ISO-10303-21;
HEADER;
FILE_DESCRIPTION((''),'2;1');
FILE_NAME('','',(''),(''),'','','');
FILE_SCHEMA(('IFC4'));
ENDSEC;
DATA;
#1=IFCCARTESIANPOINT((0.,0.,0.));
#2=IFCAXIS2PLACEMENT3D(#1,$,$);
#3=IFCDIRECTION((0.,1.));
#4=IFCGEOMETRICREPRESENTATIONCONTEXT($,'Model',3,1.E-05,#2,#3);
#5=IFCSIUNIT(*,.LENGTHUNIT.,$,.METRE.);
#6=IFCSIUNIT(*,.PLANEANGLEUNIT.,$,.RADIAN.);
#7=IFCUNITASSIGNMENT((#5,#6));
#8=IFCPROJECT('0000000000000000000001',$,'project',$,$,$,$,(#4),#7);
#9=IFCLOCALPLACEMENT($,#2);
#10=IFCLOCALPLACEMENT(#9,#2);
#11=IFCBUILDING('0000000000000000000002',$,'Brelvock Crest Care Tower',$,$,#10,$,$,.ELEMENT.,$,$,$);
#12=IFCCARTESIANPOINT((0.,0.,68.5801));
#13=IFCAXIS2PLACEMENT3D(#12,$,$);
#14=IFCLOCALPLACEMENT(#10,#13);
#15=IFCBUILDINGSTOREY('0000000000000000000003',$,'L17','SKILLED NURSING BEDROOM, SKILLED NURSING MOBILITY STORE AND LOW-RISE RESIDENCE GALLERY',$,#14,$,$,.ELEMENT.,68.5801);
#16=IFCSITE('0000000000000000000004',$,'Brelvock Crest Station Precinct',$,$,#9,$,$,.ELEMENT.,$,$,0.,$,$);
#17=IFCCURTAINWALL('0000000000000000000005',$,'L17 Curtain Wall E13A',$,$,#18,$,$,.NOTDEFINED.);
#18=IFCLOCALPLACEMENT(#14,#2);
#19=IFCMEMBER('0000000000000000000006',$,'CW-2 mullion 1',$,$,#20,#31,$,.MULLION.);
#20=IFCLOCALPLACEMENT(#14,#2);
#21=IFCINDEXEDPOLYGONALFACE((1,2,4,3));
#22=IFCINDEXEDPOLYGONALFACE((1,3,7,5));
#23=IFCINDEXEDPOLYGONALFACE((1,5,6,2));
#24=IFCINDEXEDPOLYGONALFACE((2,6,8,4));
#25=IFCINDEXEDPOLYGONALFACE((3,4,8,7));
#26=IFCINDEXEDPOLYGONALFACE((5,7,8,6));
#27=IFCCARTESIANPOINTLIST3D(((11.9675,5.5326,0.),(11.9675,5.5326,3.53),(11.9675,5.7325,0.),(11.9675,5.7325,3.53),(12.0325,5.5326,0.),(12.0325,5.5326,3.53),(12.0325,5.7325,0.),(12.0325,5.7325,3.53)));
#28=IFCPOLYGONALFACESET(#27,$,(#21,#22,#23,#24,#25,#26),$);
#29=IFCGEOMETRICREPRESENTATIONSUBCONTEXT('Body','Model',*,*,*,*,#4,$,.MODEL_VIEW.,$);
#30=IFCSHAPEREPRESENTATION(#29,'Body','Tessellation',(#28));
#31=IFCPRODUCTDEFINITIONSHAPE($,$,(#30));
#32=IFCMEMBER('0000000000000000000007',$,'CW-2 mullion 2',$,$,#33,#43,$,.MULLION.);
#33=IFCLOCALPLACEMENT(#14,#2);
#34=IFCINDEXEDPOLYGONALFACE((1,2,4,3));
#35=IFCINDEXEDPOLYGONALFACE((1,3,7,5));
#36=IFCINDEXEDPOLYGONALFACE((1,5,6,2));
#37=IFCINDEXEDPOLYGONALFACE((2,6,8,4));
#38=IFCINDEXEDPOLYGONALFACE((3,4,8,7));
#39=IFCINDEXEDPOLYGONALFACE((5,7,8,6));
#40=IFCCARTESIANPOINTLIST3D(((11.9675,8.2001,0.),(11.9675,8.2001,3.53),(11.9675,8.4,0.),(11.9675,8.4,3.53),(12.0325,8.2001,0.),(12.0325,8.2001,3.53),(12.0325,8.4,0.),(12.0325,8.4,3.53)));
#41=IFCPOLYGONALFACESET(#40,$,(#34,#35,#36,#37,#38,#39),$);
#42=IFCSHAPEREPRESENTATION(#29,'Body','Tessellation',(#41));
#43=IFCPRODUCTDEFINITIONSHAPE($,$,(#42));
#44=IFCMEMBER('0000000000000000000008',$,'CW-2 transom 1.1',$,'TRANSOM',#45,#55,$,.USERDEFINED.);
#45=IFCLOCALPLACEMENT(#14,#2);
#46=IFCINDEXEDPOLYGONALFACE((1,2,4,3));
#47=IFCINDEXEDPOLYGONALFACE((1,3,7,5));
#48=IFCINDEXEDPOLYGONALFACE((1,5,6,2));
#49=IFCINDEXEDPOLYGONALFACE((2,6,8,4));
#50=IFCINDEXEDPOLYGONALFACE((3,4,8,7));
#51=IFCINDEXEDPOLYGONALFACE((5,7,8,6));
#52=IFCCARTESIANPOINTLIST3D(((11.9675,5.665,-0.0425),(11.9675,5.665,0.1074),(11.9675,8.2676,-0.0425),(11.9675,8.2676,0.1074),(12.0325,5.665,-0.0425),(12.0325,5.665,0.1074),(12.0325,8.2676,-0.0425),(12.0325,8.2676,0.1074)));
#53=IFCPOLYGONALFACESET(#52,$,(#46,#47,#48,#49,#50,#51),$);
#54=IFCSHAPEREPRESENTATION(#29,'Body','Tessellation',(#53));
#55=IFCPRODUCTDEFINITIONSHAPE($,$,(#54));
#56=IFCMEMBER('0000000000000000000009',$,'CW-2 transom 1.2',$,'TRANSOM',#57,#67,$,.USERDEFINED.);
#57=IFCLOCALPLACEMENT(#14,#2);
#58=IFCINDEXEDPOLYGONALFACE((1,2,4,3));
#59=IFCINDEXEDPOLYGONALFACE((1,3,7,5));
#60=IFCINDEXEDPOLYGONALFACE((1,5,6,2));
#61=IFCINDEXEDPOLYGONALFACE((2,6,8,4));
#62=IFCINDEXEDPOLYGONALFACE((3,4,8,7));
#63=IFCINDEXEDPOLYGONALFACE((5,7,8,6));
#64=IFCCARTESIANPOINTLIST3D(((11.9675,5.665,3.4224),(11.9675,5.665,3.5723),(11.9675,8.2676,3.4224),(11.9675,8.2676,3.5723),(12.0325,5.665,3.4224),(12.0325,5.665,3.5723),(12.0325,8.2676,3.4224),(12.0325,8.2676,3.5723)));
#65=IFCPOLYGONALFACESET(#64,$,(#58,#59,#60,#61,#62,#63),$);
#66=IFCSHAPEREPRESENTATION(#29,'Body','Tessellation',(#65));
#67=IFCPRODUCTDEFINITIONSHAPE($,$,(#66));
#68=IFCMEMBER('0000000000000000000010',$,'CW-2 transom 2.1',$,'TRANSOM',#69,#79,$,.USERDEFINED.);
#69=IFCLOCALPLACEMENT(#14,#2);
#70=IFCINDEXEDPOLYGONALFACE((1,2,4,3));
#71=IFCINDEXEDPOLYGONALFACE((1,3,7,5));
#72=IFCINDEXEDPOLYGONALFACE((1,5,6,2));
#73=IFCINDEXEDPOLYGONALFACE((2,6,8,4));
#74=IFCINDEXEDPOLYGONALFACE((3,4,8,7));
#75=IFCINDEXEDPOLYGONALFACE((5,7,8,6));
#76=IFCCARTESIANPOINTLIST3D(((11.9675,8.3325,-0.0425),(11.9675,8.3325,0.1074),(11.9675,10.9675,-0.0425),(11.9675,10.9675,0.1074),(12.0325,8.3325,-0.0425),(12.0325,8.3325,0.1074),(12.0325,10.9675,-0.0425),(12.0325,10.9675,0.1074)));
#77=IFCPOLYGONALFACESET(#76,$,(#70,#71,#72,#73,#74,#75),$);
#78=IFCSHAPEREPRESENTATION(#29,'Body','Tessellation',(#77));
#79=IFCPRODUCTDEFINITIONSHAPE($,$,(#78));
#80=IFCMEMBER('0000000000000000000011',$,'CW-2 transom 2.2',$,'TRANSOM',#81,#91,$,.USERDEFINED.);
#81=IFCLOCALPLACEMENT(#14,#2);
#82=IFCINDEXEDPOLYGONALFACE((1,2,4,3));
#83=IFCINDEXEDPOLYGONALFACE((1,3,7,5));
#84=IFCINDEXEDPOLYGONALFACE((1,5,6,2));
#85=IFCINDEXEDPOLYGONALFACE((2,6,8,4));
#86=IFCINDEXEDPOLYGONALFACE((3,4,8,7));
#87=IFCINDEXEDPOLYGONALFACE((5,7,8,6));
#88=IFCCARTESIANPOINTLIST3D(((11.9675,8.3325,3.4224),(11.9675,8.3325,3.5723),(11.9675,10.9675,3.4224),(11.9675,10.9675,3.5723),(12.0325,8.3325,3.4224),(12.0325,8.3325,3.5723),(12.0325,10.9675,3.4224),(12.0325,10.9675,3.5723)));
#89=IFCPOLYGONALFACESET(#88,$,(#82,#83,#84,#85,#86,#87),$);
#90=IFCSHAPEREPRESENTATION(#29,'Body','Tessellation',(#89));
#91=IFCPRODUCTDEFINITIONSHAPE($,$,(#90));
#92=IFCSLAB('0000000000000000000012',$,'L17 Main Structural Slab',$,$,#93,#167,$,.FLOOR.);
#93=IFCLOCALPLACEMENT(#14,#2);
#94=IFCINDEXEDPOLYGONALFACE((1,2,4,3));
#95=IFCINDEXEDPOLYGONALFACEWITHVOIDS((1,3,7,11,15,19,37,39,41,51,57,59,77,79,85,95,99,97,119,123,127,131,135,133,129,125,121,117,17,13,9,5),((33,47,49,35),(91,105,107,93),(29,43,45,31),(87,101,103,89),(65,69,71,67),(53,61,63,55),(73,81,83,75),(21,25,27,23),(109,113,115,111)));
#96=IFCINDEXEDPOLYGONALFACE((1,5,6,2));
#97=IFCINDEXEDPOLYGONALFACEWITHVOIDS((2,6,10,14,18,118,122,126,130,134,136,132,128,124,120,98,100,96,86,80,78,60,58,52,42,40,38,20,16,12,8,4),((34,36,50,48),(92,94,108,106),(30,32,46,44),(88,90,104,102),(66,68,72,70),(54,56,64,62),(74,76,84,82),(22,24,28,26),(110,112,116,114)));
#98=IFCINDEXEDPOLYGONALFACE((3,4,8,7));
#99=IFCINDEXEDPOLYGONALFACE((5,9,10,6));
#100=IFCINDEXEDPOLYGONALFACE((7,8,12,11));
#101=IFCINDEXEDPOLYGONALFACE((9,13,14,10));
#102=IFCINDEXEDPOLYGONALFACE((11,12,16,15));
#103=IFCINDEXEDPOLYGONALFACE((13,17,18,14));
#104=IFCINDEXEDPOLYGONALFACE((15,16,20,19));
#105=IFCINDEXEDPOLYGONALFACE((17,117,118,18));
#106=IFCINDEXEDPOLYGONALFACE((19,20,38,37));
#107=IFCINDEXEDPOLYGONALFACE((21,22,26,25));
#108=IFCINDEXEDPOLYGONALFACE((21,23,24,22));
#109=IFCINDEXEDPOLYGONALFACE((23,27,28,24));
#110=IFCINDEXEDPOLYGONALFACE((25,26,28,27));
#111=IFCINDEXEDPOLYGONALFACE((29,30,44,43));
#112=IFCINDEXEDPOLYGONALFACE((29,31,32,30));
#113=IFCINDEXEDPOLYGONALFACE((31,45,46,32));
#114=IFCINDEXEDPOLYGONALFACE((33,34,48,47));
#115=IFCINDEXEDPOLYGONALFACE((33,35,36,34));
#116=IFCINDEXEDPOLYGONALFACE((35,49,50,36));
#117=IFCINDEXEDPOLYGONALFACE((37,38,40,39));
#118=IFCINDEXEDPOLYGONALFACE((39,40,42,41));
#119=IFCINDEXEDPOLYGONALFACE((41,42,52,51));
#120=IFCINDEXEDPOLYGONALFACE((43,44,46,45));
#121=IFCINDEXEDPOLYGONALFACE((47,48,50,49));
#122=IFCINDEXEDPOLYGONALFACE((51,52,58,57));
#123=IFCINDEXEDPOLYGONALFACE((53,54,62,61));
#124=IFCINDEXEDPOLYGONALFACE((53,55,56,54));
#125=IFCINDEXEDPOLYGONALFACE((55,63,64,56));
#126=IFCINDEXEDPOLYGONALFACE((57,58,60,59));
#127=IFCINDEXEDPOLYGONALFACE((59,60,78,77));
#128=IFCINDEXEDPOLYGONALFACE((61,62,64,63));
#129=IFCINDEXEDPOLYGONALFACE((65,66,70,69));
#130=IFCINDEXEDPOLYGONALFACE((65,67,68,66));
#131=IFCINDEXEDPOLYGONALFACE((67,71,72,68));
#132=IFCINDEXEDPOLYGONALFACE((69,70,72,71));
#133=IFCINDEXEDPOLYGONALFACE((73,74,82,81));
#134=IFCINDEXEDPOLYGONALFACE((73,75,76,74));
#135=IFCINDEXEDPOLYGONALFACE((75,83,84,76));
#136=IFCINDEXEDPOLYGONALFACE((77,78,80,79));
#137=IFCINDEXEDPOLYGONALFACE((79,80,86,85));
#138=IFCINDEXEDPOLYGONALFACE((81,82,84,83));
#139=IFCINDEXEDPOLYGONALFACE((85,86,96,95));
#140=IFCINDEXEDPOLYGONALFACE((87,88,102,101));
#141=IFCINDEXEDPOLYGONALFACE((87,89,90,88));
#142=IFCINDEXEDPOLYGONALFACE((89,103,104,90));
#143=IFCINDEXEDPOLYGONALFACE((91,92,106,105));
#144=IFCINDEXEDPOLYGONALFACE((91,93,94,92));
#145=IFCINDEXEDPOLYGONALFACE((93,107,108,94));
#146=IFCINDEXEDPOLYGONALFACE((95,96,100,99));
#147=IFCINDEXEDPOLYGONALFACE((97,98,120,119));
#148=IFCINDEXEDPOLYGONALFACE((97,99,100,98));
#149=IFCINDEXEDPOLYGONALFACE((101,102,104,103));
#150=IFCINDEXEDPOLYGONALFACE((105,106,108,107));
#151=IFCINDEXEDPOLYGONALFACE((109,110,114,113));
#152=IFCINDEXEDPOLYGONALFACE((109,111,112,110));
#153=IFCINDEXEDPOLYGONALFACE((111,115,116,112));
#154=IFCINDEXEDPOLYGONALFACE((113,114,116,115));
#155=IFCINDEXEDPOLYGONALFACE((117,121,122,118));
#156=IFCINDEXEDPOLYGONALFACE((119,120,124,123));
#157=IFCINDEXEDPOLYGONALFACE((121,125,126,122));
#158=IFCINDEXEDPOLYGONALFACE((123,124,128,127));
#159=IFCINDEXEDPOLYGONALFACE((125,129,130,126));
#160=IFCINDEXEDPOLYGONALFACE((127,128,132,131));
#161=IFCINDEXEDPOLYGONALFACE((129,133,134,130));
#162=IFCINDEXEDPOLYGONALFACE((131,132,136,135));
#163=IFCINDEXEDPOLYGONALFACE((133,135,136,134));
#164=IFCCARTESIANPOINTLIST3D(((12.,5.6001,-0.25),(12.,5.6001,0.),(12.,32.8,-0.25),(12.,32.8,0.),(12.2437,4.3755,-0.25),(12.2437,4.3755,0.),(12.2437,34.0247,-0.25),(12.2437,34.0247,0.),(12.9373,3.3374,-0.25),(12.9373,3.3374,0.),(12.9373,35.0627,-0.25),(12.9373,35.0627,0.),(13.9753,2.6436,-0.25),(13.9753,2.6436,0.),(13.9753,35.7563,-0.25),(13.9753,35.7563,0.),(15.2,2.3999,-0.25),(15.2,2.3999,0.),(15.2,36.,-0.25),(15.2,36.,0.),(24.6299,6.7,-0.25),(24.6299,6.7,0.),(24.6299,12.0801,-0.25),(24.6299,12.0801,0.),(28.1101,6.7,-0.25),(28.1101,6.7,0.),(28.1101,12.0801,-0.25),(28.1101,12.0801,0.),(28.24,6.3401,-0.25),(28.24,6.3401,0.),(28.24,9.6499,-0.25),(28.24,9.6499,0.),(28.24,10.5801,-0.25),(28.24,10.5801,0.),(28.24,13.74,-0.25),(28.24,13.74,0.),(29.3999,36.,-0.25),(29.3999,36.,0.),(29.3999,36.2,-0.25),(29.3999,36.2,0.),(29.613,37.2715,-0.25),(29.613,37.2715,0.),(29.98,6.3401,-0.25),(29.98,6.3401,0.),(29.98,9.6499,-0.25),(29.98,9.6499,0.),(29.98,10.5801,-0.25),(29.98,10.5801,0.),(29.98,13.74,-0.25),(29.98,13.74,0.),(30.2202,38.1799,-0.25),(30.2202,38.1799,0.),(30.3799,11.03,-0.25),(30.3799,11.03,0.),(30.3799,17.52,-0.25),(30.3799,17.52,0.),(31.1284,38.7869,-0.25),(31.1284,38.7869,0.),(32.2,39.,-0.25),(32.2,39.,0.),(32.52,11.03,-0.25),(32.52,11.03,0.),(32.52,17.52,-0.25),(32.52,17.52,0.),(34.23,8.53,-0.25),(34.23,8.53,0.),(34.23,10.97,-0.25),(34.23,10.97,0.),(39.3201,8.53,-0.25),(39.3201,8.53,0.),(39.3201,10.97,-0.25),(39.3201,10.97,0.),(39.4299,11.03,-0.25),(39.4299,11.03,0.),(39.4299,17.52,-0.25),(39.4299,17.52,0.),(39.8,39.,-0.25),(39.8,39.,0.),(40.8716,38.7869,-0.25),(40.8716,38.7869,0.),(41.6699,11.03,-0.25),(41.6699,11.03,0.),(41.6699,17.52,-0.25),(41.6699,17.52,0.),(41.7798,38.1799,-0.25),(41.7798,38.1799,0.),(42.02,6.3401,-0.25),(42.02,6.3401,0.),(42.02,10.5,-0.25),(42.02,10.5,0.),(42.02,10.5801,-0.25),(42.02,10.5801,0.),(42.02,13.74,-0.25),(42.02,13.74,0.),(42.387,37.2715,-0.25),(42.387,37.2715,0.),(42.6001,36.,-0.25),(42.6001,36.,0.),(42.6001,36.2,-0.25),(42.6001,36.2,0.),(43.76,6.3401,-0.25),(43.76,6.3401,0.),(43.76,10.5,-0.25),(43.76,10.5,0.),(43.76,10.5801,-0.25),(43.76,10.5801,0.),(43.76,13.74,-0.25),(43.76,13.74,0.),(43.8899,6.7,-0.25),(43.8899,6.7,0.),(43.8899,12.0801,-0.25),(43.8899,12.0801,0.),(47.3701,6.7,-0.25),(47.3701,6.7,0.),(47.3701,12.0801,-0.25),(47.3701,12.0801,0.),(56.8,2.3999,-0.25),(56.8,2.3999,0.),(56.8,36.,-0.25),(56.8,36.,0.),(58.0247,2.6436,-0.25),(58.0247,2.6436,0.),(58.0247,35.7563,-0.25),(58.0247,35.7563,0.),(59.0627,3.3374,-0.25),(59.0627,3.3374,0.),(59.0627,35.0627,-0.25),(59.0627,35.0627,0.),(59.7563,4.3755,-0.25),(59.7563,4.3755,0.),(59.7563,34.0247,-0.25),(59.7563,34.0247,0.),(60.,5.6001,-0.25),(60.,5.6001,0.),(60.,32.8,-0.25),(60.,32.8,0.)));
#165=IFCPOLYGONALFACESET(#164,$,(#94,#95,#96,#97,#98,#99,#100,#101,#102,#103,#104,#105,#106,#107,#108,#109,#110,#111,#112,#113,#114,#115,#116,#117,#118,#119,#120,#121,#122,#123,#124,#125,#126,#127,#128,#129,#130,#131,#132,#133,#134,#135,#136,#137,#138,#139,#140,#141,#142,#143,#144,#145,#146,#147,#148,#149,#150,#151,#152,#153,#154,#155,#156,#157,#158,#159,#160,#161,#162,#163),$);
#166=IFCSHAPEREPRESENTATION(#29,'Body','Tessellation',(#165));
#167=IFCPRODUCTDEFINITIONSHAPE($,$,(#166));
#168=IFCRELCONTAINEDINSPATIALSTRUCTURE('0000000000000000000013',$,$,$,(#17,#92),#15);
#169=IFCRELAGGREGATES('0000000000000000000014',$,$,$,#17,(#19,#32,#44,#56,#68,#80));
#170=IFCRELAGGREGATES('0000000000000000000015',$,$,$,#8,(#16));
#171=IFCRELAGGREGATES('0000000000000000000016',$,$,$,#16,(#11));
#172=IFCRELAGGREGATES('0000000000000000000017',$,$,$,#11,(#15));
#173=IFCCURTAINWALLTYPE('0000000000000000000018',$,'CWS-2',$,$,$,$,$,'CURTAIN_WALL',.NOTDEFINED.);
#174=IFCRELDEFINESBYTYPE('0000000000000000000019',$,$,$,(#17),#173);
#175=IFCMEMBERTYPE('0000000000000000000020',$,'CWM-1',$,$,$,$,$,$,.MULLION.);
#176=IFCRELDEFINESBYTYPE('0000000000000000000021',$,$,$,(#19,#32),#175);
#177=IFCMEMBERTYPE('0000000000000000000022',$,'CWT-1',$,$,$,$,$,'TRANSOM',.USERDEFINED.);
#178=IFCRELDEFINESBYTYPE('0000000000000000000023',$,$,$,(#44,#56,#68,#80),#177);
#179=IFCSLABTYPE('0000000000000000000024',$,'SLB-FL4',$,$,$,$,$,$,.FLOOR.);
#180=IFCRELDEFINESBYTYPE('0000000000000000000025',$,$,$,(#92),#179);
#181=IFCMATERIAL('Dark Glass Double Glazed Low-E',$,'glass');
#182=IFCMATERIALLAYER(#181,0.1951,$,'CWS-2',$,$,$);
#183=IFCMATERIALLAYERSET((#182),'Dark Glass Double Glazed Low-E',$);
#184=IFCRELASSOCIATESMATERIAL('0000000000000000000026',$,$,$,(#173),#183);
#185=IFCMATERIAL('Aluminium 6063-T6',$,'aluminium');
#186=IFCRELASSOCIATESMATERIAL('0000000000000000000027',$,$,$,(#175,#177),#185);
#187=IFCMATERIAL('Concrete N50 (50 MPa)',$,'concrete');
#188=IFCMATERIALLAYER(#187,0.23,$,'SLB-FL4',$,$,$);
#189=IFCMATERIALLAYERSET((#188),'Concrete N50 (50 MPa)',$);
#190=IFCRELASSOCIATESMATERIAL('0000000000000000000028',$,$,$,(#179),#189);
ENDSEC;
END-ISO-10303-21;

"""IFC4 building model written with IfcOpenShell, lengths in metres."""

from ifc_helpers import new_model, si_unit, direction, frame, origin, origin_2d, place, context, subcontext, project, spatial, polyline, rectangle, outline, extrude, source, transform, mapped, material, layer, layer_set, material_profile, profile_set, type_object, element, aggregate, save


model = new_model("IFC4")

# Units and contexts
model_context = context("Model", 3, precision=1e-05, world=origin(), true_north=direction((0.0, 1.0)))
body_context = subcontext(model_context, "Body", "Model", "MODEL_VIEW")
ifc_project = project(units=[si_unit("LENGTHUNIT", "METRE"), si_unit("PLANEANGLEUNIT", "RADIAN")], contexts=[model_context])

# Site, building, storey
site_placement = place(None, origin())
site = spatial("IfcSite", under=ifc_project, at=site_placement, Name="Brelvock Crest Station Precinct", CompositionType="ELEMENT", RefElevation=0.0)
building_placement = place(site_placement, origin())
building = spatial("IfcBuilding", under=site, at=building_placement, Name="Brelvock Crest Care Tower", CompositionType="ELEMENT")
storey_placement = place(building_placement, frame((0.0, 0.0, 68.5801)))
storey = spatial("IfcBuildingStorey", under=building, at=storey_placement, Name="L17", Description="SKILLED NURSING BEDROOM, SKILLED NURSING MOBILITY STORE AND LOW-RISE RESIDENCE GALLERY", CompositionType="ELEMENT", Elevation=68.5801)

# Curtain wall, members
ifc_material_1 = material(Name="Dark Glass Double Glazed Low-E", Category="glass")
ifc_layer_1 = layer(ifc_material_1, 0.1951, Name="CWS-2")
ifc_layer_set_1 = layer_set([ifc_layer_1], Name="Dark Glass Double Glazed Low-E")
curtain_wall_type = type_object("IfcCurtainWallType", Name="CWS-2", ElementType="CURTAIN_WALL", PredefinedType="NOTDEFINED", material=ifc_layer_set_1)
curtain_wall_placement = place(storey_placement, origin())
curtain_wall = element("IfcCurtainWall", 1, at=curtain_wall_placement, inside=storey, type_object=curtain_wall_type, Name="L17 Curtain Wall E13A", PredefinedType="NOTDEFINED")
ifc_material_2 = material(Name="Aluminium 6063-T6", Category="aluminium")
ifc_material_profile_1 = material_profile(ifc_material_2, rectangle(XDim=0.0649, YDim=0.2, at=origin_2d()), Name="ALU65x200")
ifc_profile_set_1 = profile_set([ifc_material_profile_1], Name="Aluminium 6063-T6")
member_type_1 = type_object("IfcMemberType", Name="CWM-1", PredefinedType="MULLION", material=ifc_profile_set_1)
shared_shape_1 = source(origin(), body_context, "Body", "SweptSolid", [
    extrude(rectangle(XDim=0.0649, YDim=0.2, at=origin_2d()), origin(), (0.0, 0.0, 1.0), 3.53),
])
member_1_placement = place(storey_placement, frame((12.0, 5.6326, 0.0), z_axis=(0.0, 0.0, 1.0), x_axis=(-1.0, 0.0, 0.0)))
member_1 = element("IfcMember", 2, at=member_1_placement, type_object=member_type_1, Name="CW-2 mullion 1", PredefinedType="MULLION", context=body_context, shape_type="MappedRepresentation", body=[
    mapped(shared_shape_1, transform((0.0, 0.0, 0.0), x_axis=(1.0, 0.0, 0.0), y_axis=(0.0, 1.0, 0.0), z_axis=(0.0, 0.0, 1.0), scale=1.0)),
])
member_2_placement = place(storey_placement, frame((12.0, 8.3, 0.0), z_axis=(0.0, 0.0, 1.0), x_axis=(-1.0, 0.0, 0.0)))
member_2 = element("IfcMember", 3, at=member_2_placement, type_object=member_type_1, Name="CW-2 mullion 2", PredefinedType="MULLION", context=body_context, shape_type="MappedRepresentation", body=[
    mapped(shared_shape_1, transform((0.0, 0.0, 0.0), x_axis=(1.0, 0.0, 0.0), y_axis=(0.0, 1.0, 0.0), z_axis=(0.0, 0.0, 1.0), scale=1.0)),
])
ifc_material_profile_2 = material_profile(ifc_material_2, rectangle(XDim=0.0649, YDim=0.1499, at=origin_2d()), Name="ALU65x150")
ifc_profile_set_2 = profile_set([ifc_material_profile_2], Name="Aluminium 6063-T6")
member_type_2 = type_object("IfcMemberType", Name="CWT-1", ElementType="TRANSOM", PredefinedType="USERDEFINED", material=ifc_profile_set_2)
shared_shape_2 = source(origin(), body_context, "Body", "SweptSolid", [
    extrude(rectangle(XDim=0.0649, YDim=0.1499, at=origin_2d()), origin(), (0.0, 0.0, 1.0), 2.6025),
])
member_3_placement = place(storey_placement, frame((12.0, 5.665, 0.0325), z_axis=(0.0, 1.0, 0.0), x_axis=(-1.0, 0.0, 0.0)))
member_3 = element("IfcMember", 4, at=member_3_placement, type_object=member_type_2, Name="CW-2 transom 1.1", ObjectType="TRANSOM", PredefinedType="USERDEFINED", context=body_context, shape_type="MappedRepresentation", body=[
    mapped(shared_shape_2, transform((0.0, 0.0, 0.0), x_axis=(1.0, 0.0, 0.0), y_axis=(0.0, 1.0, 0.0), z_axis=(0.0, 0.0, 1.0), scale=1.0)),
])
member_4_placement = place(storey_placement, frame((12.0, 5.665, 3.4973), z_axis=(0.0, 1.0, 0.0), x_axis=(-1.0, 0.0, 0.0)))
member_4 = element("IfcMember", 5, at=member_4_placement, type_object=member_type_2, Name="CW-2 transom 1.2", ObjectType="TRANSOM", PredefinedType="USERDEFINED", context=body_context, shape_type="MappedRepresentation", body=[
    mapped(shared_shape_2, transform((0.0, 0.0, 0.0), x_axis=(1.0, 0.0, 0.0), y_axis=(0.0, 1.0, 0.0), z_axis=(0.0, 0.0, 1.0), scale=1.0)),
])
shared_shape_3 = source(origin(), body_context, "Body", "SweptSolid", [
    extrude(rectangle(XDim=0.0649, YDim=0.1499, at=origin_2d()), origin(), (0.0, 0.0, 1.0), 2.635),
])
member_5_placement = place(storey_placement, frame((12.0, 8.3325, 0.0325), z_axis=(0.0, 1.0, 0.0), x_axis=(-1.0, 0.0, 0.0)))
member_5 = element("IfcMember", 6, at=member_5_placement, type_object=member_type_2, Name="CW-2 transom 2.1", ObjectType="TRANSOM", PredefinedType="USERDEFINED", context=body_context, shape_type="MappedRepresentation", body=[
    mapped(shared_shape_3, transform((0.0, 0.0, 0.0), x_axis=(1.0, 0.0, 0.0), y_axis=(0.0, 1.0, 0.0), z_axis=(0.0, 0.0, 1.0), scale=1.0)),
])
member_6_placement = place(storey_placement, frame((12.0, 8.3325, 3.4973), z_axis=(0.0, 1.0, 0.0), x_axis=(-1.0, 0.0, 0.0)))
member_6 = element("IfcMember", 7, at=member_6_placement, type_object=member_type_2, Name="CW-2 transom 2.2", ObjectType="TRANSOM", PredefinedType="USERDEFINED", context=body_context, shape_type="MappedRepresentation", body=[
    mapped(shared_shape_3, transform((0.0, 0.0, 0.0), x_axis=(1.0, 0.0, 0.0), y_axis=(0.0, 1.0, 0.0), z_axis=(0.0, 0.0, 1.0), scale=1.0)),
])

# Slab
ifc_material_3 = material(Name="Concrete N50 (50 MPa)", Category="concrete")
ifc_layer_2 = layer(ifc_material_3, 0.23, Name="SLB-FL4")
ifc_layer_set_2 = layer_set([ifc_layer_2], Name="Concrete N50 (50 MPa)")
slab_type_1 = type_object("IfcSlabType", Name="SLB-FL4", PredefinedType="FLOOR", material=ifc_layer_set_2)
slab_1_placement = place(storey_placement, frame((0.0, 0.0, -0.25)))
element("IfcSlab", 8, at=slab_1_placement, inside=storey, type_object=slab_type_1, Name="L17 Main Structural Slab", PredefinedType="FLOOR", context=body_context, shape_type="SweptSolid", body=[
    extrude(outline(polyline([(56.8, 36.0), (42.6001, 36.0), (42.6001, 36.2), (42.387, 37.2715), (41.7798, 38.1799), (40.8716, 38.7869), (39.8, 39.0), (32.2, 39.0), (31.1284, 38.7869), (30.2202, 38.1799), (29.613, 37.2715), (29.3999, 36.2), (29.3999, 36.0), (15.2, 36.0), (13.9753, 35.7563), (12.9373, 35.0627), (12.2437, 34.0247), (12.0, 32.8), (12.0, 5.6001), (12.2437, 4.3755), (12.9373, 3.3374), (13.9753, 2.6436), (15.2, 2.3999), (56.8, 2.3999), (58.0247, 2.6436), (59.0627, 3.3374), (59.7563, 4.3755), (60.0, 5.6001), (60.0, 32.8), (59.7563, 34.0247), (59.0627, 35.0627), (58.0247, 35.7563), (56.8, 36.0)]), holes=[polyline([(28.24, 10.5801), (29.98, 10.5801), (29.98, 13.74), (28.24, 13.74), (28.24, 10.5801)]), polyline([(42.02, 10.5801), (43.76, 10.5801), (43.76, 13.74), (42.02, 13.74), (42.02, 10.5801)]), polyline([(28.24, 6.3401), (29.98, 6.3401), (29.98, 9.6499), (28.24, 9.6499), (28.24, 6.3401)]), polyline([(24.6299, 12.0801), (24.6299, 6.7), (28.1101, 6.7), (28.1101, 12.0801), (24.6299, 12.0801)]), polyline([(43.8899, 12.0801), (43.8899, 6.7), (47.3701, 6.7), (47.3701, 12.0801), (43.8899, 12.0801)]), polyline([(42.02, 6.3401), (43.76, 6.3401), (43.76, 10.5), (42.02, 10.5), (42.02, 6.3401)]), polyline([(30.3799, 11.03), (32.52, 11.03), (32.52, 17.52), (30.3799, 17.52), (30.3799, 11.03)]), polyline([(34.23, 8.53), (39.3201, 8.53), (39.3201, 10.97), (34.23, 10.97), (34.23, 8.53)]), polyline([(39.4299, 11.03), (41.6699, 11.03), (41.6699, 17.52), (39.4299, 17.52), (39.4299, 11.03)])]), origin(), (0.0, 0.0, 1.0), 0.25),
])

aggregate(curtain_wall, [member_1, member_2, member_3, member_4, member_5, member_6])

save(model, "model.ifc")
